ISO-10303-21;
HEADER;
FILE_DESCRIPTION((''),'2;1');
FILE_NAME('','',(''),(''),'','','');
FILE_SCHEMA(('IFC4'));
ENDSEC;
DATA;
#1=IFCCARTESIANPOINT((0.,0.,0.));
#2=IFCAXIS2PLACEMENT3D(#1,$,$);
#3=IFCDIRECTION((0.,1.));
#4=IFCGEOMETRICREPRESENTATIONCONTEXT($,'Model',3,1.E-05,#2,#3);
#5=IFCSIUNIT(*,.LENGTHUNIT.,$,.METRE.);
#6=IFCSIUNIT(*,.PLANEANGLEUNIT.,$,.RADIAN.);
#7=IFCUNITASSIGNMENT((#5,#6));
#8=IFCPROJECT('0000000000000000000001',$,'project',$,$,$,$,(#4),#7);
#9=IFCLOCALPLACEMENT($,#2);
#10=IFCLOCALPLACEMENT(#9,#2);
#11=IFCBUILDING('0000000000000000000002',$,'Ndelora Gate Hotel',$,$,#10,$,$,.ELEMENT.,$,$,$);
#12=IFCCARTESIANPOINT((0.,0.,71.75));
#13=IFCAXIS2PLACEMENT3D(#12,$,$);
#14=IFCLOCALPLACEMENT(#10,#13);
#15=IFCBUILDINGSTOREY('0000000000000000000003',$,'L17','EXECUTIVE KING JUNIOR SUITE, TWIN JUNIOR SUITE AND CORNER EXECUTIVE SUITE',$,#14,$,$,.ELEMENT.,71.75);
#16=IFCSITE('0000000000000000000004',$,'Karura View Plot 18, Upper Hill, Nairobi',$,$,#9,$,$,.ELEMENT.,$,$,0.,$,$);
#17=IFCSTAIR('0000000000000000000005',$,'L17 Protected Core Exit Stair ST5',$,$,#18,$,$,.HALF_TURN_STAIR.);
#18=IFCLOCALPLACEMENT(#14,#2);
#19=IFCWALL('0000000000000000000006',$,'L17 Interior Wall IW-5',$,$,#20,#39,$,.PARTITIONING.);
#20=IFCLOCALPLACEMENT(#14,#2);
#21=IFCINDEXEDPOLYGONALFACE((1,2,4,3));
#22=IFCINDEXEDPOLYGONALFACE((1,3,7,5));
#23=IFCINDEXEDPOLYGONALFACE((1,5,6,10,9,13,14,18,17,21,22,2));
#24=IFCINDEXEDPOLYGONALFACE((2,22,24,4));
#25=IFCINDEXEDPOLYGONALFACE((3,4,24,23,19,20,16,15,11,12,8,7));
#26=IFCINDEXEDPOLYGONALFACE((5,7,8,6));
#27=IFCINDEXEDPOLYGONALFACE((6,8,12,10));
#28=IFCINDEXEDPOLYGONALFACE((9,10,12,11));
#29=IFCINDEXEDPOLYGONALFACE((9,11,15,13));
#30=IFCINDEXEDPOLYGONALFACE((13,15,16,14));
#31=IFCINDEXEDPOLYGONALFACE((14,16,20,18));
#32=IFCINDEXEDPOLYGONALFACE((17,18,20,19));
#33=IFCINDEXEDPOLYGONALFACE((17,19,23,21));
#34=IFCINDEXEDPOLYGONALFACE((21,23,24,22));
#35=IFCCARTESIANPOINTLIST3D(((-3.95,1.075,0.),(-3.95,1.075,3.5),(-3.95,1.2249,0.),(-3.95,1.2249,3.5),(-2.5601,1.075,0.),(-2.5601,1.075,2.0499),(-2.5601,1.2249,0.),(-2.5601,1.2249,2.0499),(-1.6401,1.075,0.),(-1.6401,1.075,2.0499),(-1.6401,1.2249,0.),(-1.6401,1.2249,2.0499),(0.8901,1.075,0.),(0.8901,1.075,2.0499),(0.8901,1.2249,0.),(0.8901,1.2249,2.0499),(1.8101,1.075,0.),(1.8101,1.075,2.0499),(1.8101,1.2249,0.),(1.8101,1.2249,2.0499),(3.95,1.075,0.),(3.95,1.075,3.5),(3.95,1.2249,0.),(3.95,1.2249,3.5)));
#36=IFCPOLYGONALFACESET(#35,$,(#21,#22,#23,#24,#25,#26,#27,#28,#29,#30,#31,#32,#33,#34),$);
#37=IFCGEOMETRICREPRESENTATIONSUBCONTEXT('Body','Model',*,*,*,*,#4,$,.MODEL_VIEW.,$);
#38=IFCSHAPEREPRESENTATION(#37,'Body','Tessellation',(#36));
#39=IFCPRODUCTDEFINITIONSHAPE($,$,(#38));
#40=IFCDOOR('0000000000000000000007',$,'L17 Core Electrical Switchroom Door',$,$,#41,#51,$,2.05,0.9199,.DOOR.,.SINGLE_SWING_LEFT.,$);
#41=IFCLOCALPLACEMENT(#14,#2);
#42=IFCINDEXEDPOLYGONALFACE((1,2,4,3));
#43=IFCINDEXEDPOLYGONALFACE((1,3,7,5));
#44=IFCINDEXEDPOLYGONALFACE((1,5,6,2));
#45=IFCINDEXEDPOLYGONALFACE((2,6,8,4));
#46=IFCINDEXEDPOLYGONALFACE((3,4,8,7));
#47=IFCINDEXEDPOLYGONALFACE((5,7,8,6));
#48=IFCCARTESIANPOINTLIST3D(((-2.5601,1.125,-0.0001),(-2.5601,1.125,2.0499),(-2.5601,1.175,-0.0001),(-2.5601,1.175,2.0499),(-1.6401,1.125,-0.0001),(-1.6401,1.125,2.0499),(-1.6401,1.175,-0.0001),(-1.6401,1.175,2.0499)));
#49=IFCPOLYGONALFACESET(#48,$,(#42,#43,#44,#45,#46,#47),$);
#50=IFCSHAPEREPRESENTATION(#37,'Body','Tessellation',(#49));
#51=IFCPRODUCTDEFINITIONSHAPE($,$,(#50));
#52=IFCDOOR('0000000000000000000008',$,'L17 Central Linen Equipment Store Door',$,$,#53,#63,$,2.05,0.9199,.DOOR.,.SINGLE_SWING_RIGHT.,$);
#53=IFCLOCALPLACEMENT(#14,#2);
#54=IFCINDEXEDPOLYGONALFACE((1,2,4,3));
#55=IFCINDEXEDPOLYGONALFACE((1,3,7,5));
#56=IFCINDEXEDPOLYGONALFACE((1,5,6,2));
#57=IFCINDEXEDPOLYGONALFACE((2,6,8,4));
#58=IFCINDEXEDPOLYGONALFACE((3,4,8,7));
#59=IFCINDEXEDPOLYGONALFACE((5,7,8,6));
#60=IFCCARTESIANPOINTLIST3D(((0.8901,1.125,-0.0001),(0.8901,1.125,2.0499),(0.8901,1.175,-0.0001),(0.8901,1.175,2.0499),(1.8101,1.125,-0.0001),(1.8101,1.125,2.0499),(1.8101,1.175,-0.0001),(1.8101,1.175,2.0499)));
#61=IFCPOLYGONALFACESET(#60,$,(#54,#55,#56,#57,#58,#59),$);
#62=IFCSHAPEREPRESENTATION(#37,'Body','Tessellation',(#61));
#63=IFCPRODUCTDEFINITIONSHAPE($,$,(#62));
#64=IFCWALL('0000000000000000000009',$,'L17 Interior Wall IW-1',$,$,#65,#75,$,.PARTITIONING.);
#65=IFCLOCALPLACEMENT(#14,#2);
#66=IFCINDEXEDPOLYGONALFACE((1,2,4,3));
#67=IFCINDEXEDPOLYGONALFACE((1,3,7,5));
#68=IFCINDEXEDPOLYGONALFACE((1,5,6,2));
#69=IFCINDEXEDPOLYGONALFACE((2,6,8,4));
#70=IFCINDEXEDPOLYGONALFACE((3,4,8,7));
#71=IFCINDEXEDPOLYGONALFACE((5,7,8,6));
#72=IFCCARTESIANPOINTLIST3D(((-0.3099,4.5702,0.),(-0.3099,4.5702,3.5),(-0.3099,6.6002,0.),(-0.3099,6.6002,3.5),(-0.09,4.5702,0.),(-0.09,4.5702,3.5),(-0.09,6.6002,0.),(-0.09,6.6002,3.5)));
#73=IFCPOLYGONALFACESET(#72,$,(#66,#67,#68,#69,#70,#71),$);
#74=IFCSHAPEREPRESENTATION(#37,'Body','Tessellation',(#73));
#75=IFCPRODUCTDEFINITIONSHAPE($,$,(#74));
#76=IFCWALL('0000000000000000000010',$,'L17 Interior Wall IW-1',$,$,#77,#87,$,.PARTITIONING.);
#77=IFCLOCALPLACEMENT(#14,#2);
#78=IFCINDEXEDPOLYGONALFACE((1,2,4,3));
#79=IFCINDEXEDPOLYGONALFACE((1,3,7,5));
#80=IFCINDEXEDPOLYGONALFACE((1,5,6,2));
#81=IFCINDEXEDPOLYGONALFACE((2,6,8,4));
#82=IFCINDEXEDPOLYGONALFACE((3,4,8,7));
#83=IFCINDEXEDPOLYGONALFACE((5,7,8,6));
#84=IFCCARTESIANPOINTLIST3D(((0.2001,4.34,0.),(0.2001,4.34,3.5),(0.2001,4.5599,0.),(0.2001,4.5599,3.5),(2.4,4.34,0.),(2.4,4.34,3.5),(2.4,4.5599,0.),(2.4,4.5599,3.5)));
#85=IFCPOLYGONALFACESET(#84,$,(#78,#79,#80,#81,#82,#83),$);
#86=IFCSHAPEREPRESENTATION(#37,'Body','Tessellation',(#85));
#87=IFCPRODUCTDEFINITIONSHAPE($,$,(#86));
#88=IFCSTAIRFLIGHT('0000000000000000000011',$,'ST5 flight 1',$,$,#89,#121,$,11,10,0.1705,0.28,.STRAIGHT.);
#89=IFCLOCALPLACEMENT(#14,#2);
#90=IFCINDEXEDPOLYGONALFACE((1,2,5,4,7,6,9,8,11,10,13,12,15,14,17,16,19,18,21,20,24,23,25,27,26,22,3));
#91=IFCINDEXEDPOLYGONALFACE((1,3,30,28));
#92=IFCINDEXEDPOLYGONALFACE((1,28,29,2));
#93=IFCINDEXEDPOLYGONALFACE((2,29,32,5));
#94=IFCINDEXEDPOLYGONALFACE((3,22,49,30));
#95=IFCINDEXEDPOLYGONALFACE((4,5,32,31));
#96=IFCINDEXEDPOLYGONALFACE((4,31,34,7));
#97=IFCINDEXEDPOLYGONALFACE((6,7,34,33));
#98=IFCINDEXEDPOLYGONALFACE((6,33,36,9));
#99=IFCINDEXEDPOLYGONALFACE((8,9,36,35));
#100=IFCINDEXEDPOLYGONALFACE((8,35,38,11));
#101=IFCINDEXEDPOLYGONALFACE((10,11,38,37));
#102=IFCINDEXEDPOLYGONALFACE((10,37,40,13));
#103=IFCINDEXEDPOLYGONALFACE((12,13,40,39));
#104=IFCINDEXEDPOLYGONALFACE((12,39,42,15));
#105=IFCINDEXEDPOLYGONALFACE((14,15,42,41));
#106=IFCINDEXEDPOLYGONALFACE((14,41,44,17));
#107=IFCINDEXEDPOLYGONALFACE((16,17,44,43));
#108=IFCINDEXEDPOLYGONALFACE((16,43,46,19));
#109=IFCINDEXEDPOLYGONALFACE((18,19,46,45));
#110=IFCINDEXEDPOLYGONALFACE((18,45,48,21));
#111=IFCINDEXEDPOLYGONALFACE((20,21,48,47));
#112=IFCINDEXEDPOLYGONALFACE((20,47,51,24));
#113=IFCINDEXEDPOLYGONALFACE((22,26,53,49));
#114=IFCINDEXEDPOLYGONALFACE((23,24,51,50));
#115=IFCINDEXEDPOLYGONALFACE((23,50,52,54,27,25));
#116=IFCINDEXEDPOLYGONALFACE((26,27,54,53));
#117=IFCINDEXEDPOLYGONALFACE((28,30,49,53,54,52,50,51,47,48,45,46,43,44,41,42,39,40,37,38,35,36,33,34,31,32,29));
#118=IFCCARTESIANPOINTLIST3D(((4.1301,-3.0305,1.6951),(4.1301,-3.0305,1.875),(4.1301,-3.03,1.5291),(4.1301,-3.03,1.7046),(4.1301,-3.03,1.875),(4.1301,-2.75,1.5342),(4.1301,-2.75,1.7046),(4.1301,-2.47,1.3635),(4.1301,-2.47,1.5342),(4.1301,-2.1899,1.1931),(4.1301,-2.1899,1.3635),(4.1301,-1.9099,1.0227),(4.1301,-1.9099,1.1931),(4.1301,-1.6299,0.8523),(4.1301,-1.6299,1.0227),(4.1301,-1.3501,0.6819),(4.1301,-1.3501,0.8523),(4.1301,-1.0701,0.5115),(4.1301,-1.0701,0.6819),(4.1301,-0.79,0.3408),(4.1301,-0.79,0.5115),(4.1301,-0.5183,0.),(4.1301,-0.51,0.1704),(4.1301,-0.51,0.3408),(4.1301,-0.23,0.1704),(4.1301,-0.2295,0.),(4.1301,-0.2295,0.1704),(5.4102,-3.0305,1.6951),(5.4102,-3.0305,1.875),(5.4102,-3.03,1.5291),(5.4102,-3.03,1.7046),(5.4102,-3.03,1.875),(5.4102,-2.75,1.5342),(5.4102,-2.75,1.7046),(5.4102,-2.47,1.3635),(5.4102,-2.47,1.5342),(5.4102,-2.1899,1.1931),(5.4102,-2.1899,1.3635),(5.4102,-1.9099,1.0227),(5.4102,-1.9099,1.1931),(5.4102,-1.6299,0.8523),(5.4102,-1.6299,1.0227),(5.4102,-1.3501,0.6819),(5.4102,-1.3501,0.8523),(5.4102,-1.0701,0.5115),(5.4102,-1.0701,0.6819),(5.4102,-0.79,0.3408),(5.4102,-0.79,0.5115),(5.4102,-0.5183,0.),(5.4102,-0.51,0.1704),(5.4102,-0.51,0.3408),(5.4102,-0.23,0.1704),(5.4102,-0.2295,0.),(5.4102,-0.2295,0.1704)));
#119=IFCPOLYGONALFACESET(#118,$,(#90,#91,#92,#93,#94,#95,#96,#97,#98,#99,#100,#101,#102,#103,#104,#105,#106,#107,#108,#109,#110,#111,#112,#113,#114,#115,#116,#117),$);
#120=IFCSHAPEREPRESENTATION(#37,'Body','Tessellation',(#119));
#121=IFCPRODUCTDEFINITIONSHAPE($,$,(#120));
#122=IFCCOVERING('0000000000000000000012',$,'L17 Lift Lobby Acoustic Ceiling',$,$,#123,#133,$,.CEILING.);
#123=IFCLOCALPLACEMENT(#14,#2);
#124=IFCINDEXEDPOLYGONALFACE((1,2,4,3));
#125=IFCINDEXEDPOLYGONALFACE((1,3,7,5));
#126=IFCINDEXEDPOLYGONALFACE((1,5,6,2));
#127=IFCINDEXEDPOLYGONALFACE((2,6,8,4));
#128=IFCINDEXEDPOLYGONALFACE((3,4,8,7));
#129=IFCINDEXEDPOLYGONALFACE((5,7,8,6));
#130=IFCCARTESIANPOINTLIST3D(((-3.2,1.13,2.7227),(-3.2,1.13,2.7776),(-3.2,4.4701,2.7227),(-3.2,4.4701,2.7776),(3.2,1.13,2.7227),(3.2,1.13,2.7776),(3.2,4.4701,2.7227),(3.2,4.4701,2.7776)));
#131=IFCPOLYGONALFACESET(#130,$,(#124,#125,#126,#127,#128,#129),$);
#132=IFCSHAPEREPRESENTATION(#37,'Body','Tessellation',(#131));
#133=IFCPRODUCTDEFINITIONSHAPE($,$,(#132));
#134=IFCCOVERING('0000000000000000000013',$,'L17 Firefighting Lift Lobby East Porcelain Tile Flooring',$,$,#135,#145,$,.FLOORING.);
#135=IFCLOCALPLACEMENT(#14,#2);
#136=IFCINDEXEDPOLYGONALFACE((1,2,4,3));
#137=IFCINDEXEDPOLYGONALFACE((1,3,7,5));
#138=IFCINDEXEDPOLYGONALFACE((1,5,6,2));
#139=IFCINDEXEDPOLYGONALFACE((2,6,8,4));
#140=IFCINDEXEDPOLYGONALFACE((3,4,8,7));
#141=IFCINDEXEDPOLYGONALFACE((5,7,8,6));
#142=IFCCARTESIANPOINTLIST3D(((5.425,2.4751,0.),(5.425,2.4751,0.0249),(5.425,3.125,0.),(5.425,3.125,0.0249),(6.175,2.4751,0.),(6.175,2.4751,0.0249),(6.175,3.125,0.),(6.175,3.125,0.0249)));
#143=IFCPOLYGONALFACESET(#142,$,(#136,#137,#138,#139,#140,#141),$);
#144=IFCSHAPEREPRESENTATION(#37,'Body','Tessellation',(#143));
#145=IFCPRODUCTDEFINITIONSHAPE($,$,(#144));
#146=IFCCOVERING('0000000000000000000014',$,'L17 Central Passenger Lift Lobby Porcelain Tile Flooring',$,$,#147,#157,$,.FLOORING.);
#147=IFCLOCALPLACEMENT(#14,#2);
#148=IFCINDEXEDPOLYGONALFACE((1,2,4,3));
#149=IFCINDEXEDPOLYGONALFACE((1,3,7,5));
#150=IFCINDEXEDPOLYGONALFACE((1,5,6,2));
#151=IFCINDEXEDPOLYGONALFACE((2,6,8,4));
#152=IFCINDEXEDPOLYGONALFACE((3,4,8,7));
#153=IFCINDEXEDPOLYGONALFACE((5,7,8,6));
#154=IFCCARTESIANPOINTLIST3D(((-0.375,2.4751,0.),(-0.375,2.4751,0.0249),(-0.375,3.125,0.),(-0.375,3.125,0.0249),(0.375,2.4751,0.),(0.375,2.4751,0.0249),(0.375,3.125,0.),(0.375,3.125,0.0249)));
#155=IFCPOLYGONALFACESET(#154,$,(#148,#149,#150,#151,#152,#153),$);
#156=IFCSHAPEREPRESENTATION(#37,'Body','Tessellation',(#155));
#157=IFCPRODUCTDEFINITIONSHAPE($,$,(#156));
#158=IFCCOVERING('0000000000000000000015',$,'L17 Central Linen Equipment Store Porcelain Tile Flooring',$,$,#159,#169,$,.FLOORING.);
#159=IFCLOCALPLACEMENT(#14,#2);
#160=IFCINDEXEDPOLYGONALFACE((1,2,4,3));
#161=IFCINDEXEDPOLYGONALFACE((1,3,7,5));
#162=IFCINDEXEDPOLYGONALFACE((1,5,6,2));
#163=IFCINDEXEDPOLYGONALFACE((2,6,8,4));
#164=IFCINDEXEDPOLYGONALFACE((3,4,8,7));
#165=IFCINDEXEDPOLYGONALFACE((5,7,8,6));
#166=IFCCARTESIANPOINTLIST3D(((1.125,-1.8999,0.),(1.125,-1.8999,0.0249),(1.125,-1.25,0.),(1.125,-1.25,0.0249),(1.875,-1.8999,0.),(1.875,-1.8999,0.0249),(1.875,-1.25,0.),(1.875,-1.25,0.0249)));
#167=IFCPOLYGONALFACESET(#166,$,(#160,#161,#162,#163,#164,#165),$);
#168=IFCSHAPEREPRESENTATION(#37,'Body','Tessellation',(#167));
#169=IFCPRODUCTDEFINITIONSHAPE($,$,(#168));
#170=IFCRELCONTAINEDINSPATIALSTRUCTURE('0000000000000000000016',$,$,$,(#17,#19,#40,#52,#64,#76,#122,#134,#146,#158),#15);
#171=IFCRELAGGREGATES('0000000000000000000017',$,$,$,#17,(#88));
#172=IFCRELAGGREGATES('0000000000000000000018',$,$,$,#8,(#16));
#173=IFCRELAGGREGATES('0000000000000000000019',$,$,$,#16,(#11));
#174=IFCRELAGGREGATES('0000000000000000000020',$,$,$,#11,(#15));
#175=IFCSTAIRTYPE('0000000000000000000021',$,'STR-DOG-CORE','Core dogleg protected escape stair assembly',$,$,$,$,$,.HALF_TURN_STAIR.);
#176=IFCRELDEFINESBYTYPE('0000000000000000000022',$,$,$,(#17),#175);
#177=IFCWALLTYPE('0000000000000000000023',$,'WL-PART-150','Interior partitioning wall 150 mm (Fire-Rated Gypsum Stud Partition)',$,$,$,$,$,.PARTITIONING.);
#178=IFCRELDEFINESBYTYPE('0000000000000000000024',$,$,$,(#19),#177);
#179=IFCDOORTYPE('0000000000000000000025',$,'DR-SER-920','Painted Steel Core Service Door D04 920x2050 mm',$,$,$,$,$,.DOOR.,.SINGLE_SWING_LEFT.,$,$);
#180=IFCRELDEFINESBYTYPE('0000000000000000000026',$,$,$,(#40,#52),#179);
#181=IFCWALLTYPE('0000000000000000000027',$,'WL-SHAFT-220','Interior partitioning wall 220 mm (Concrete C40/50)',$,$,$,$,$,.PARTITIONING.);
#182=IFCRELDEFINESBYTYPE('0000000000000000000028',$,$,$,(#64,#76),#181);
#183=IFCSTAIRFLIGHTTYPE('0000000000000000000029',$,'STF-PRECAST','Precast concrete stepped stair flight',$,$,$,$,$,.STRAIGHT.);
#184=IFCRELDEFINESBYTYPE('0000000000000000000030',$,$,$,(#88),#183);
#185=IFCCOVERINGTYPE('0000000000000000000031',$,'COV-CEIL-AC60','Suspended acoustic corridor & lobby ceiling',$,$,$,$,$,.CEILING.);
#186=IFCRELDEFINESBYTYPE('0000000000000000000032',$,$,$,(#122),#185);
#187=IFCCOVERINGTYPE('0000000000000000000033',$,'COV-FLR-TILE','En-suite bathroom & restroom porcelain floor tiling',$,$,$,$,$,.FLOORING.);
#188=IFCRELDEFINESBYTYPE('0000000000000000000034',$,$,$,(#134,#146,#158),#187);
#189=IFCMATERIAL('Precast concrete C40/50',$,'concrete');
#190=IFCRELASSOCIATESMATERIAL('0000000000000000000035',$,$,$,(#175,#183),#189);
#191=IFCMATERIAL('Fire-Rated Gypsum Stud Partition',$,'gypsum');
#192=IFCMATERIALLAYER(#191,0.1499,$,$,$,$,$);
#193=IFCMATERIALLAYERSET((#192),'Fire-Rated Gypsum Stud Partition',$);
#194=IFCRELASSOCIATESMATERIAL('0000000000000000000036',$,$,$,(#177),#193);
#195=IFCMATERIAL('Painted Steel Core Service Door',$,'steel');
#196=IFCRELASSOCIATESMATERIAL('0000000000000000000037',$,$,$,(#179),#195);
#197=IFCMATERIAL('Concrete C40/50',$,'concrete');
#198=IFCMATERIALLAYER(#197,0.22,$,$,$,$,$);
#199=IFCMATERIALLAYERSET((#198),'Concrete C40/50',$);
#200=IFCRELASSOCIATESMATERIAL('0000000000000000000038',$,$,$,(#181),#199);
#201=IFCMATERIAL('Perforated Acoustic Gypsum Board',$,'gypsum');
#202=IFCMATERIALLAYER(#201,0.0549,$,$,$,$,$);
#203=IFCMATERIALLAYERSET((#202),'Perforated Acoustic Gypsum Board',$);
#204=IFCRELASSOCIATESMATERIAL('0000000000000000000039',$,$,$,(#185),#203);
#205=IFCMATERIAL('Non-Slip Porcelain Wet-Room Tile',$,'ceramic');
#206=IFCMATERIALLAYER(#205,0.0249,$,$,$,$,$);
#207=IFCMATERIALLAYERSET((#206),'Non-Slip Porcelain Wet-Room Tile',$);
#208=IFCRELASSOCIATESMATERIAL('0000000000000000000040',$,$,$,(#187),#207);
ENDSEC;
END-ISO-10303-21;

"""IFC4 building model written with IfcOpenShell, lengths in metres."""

from ifc_helpers import new_model, si_unit, direction, frame, frame_2d, origin, origin_2d, place, context, subcontext, project, spatial, polyline, rectangle, outline, extrude, material, layer, layer_set, type_object, element, fill, aggregate, save


model = new_model("IFC4")

# Units and contexts
model_context = context("Model", 3, precision=1e-05, world=origin(), true_north=direction((0.0, 1.0)))
body_context = subcontext(model_context, "Body", "Model", "MODEL_VIEW")
ifc_project = project(units=[si_unit("LENGTHUNIT", "METRE"), si_unit("PLANEANGLEUNIT", "RADIAN")], contexts=[model_context])

# Site, building, storey
site_placement = place(None, origin())
site = spatial("IfcSite", under=ifc_project, at=site_placement, Name="Karura View Plot 18, Upper Hill, Nairobi", CompositionType="ELEMENT", RefElevation=0.0)
building_placement = place(site_placement, origin())
building = spatial("IfcBuilding", under=site, at=building_placement, Name="Ndelora Gate Hotel", CompositionType="ELEMENT")
storey_placement = place(building_placement, frame((0.0, 0.0, 71.75)))
storey = spatial("IfcBuildingStorey", under=building, at=storey_placement, Name="L17", Description="EXECUTIVE KING JUNIOR SUITE, TWIN JUNIOR SUITE AND CORNER EXECUTIVE SUITE", CompositionType="ELEMENT", Elevation=71.75)

# Stair
ifc_material_1 = material(Name="Precast concrete C40/50", Category="concrete")
stair_type = type_object("IfcStairType", Name="STR-DOG-CORE", Description="Core dogleg protected escape stair assembly", PredefinedType="HALF_TURN_STAIR", material=ifc_material_1)
stair_1_placement = place(storey_placement, origin())
stair_1 = element("IfcStair", 1, at=stair_1_placement, inside=storey, type_object=stair_type, Name="L17 Protected Core Exit Stair ST5", PredefinedType="HALF_TURN_STAIR")

# Shared definitions
ifc_material_2 = material(Name="Concrete C40/50", Category="concrete")

# Wall, openings, doors
ifc_material_3 = material(Name="Fire-Rated Gypsum Stud Partition", Category="gypsum")
ifc_layer_1 = layer(ifc_material_3, 0.1499)
ifc_layer_set_1 = layer_set([ifc_layer_1], Name="Fire-Rated Gypsum Stud Partition")
wall_type_1 = type_object("IfcWallType", Name="WL-PART-150", Description="Interior partitioning wall 150 mm (Fire-Rated Gypsum Stud Partition)", PredefinedType="PARTITIONING", material=ifc_layer_set_1)
wall_1_placement = place(storey_placement, frame((3.95, 1.1499, 0.0), z_axis=(0.0, 0.0, 1.0), x_axis=(-1.0, 0.0, 0.0)))
wall_1 = element("IfcWall", 2, at=wall_1_placement, inside=storey, type_object=wall_type_1, Name="L17 Interior Wall IW-5", PredefinedType="PARTITIONING", context=body_context, shape_type="SweptSolid", body=[
    extrude(rectangle(XDim=7.8999, YDim=0.1499, at=frame_2d((3.95, 0.0))), origin(), (0.0, 0.0, 1.0), 3.5),
])
opening_1_placement = place(wall_1_placement, frame((5.5901, 0.0, 0.0)))
opening_1 = element("IfcOpeningElement", 3, at=opening_1_placement, cuts=wall_1, PredefinedType="OPENING", context=body_context, shape_type="SweptSolid", body=[
    extrude(rectangle(XDim=0.9199, YDim=2.05, at=frame_2d((0.46, 1.0249))), frame((0.0, 0.085, 0.0), z_axis=(0.0, -1.0, 0.0), x_axis=(1.0, 0.0, 0.0)), (0.0, 0.0, 1.0), 0.1699),
])
opening_2_placement = place(wall_1_placement, frame((2.1399, 0.0, 0.0)))
opening_2 = element("IfcOpeningElement", 4, at=opening_2_placement, cuts=wall_1, PredefinedType="OPENING", context=body_context, shape_type="SweptSolid", body=[
    extrude(rectangle(XDim=0.9199, YDim=2.05, at=frame_2d((0.46, 1.0249))), frame((0.0, 0.085, 0.0), z_axis=(0.0, -1.0, 0.0), x_axis=(1.0, 0.0, 0.0)), (0.0, 0.0, 1.0), 0.1699),
])
ifc_material_4 = material(Name="Painted Steel Core Service Door", Category="steel")
door_type_1 = type_object("IfcDoorType", Name="DR-SER-920", Description="Painted Steel Core Service Door D04 920x2050 mm", OperationType="SINGLE_SWING_LEFT", PredefinedType="DOOR", material=ifc_material_4)
door_1_placement = place(opening_1_placement, origin())
door_1 = element("IfcDoor", 5, at=door_1_placement, inside=storey, type_object=door_type_1, Name="L17 Core Electrical Switchroom Door", OperationType="SINGLE_SWING_LEFT", OverallHeight=2.05, OverallWidth=0.9199, PredefinedType="DOOR", context=body_context, shape_type="SweptSolid", body=[
    extrude(rectangle(XDim=0.9199, YDim=2.05, at=frame_2d((0.46, 1.0249))), frame((0.0, 0.0249, 0.0), z_axis=(0.0, -1.0, 0.0), x_axis=(1.0, 0.0, 0.0)), (0.0, 0.0, 1.0), 0.05),
])
fill(opening_1, door_1)
door_2_placement = place(opening_2_placement, origin())
door_2 = element("IfcDoor", 6, at=door_2_placement, inside=storey, type_object=door_type_1, Name="L17 Central Linen Equipment Store Door", OperationType="SINGLE_SWING_RIGHT", OverallHeight=2.05, OverallWidth=0.9199, PredefinedType="DOOR", context=body_context, shape_type="SweptSolid", body=[
    extrude(rectangle(XDim=0.9199, YDim=2.05, at=frame_2d((0.46, 1.0249))), frame((0.0, 0.0249, 0.0), z_axis=(0.0, -1.0, 0.0), x_axis=(1.0, 0.0, 0.0)), (0.0, 0.0, 1.0), 0.05),
])
fill(opening_2, door_2)

# Shared definitions
ifc_layer_2 = layer(ifc_material_2, 0.22)
ifc_layer_set_2 = layer_set([ifc_layer_2], Name="Concrete C40/50")
wall_type_2 = type_object("IfcWallType", Name="WL-SHAFT-220", Description="Interior partitioning wall 220 mm (Concrete C40/50)", PredefinedType="PARTITIONING", material=ifc_layer_set_2)

# Walls
wall_2_placement = place(storey_placement, frame((-0.2, 4.5701, 0.0), z_axis=(0.0, 0.0, 1.0), x_axis=(0.0, 1.0, 0.0)))
element("IfcWall", 7, at=wall_2_placement, inside=storey, type_object=wall_type_2, Name="L17 Interior Wall IW-1", PredefinedType="PARTITIONING", context=body_context, shape_type="SweptSolid", body=[
    extrude(rectangle(XDim=2.03, YDim=0.22, at=frame_2d((1.0151, 0.0))), origin(), (0.0, 0.0, 1.0), 3.5),
])
wall_3_placement = place(storey_placement, frame((0.2, 4.45, 0.0), z_axis=(0.0, 0.0, 1.0), x_axis=(1.0, 0.0, 0.0)))
element("IfcWall", 8, at=wall_3_placement, inside=storey, type_object=wall_type_2, Name="L17 Interior Wall IW-1", PredefinedType="PARTITIONING", context=body_context, shape_type="SweptSolid", body=[
    extrude(rectangle(XDim=2.2, YDim=0.22, at=frame_2d((1.1001, 0.0))), origin(), (0.0, 0.0, 1.0), 3.5),
])

# Stair flight
stair_flight_type = type_object("IfcStairFlightType", Name="STF-PRECAST", Description="Precast concrete stepped stair flight", PredefinedType="STRAIGHT", material=ifc_material_1)
stair_flight_placement = place(storey_placement, frame((4.77, -0.23, 0.0), z_axis=(0.0, 0.0, 1.0), x_axis=(0.0, -1.0, 0.0)))
stair_flight = element("IfcStairFlight", 9, at=stair_flight_placement, type_object=stair_flight_type, Name="ST5 flight 1", NumberOfRisers=11, NumberOfTreads=10, PredefinedType="STRAIGHT", RiserHeight=0.1705, TreadLength=0.28, context=body_context, shape_type="SweptSolid", body=[
    extrude(outline(polyline([(-0.0005, 0.0), (-0.0005, 0.1704), (0.0, 0.1704), (0.28, 0.1704), (0.28, 0.3408), (0.5601, 0.3408), (0.5601, 0.5115), (0.8401, 0.5115), (0.8401, 0.6819), (1.1201, 0.6819), (1.1201, 0.8523), (1.3999, 0.8523), (1.3999, 1.0227), (1.6799, 1.0227), (1.6799, 1.1931), (1.96, 1.1931), (1.96, 1.3635), (2.24, 1.3635), (2.24, 1.5342), (2.52, 1.5342), (2.52, 1.7046), (2.8, 1.7046), (2.8, 1.875), (2.8005, 1.875), (2.8005, 1.6951), (2.8, 1.5291), (0.2883, 0.0), (-0.0005, 0.0)])), frame((0.0, 0.6401, 0.0), z_axis=(0.0, -1.0, 0.0), x_axis=(1.0, 0.0, 0.0)), (0.0, 0.0, 1.0), 1.28),
])
aggregate(stair_1, [stair_flight])

# Coverings
ifc_material_5 = material(Name="Perforated Acoustic Gypsum Board", Category="gypsum")
ifc_layer_3 = layer(ifc_material_5, 0.0549)
ifc_layer_set_3 = layer_set([ifc_layer_3], Name="Perforated Acoustic Gypsum Board")
covering_type_1 = type_object("IfcCoveringType", Name="COV-CEIL-AC60", Description="Suspended acoustic corridor & lobby ceiling", PredefinedType="CEILING", material=ifc_layer_set_3)
covering_placement = place(storey_placement, frame((0.0, 2.8, 2.7227), z_axis=(0.0, 0.0, 1.0), x_axis=(1.0, 0.0, 0.0)))
element("IfcCovering", 10, at=covering_placement, inside=storey, type_object=covering_type_1, Name="L17 Lift Lobby Acoustic Ceiling", PredefinedType="CEILING", context=body_context, shape_type="SweptSolid", body=[
    extrude(rectangle(XDim=6.3999, YDim=3.3401, at=origin_2d()), origin(), (0.0, 0.0, 1.0), 0.0549),
])
ifc_material_6 = material(Name="Non-Slip Porcelain Wet-Room Tile", Category="ceramic")
ifc_layer_4 = layer(ifc_material_6, 0.0249)
ifc_layer_set_4 = layer_set([ifc_layer_4], Name="Non-Slip Porcelain Wet-Room Tile")
covering_type_2 = type_object("IfcCoveringType", Name="COV-FLR-TILE", Description="En-suite bathroom & restroom porcelain floor tiling", PredefinedType="FLOORING", material=ifc_layer_set_4)
for number, where, z_axis, x_axis, name in (
    (11, (5.8, 2.8, 0.0), (0.0, 0.0, 1.0), (1.0, 0.0, 0.0), "L17 Firefighting Lift Lobby East Porcelain Tile Flooring"),
    (12, (0.0, 2.8, 0.0), (0.0, 0.0, 1.0), (1.0, 0.0, 0.0), "L17 Central Passenger Lift Lobby Porcelain Tile Flooring"),
    (13, (1.5, -1.575, 0.0), (0.0, 0.0, 1.0), (1.0, 0.0, 0.0), "L17 Central Linen Equipment Store Porcelain Tile Flooring"),
):
    element("IfcCovering", number, at=place(storey_placement, frame(where, z_axis=z_axis, x_axis=x_axis)), inside=storey, type_object=covering_type_2, Name=name, PredefinedType="FLOORING", context=body_context, shape_type="SweptSolid", body=[
        extrude(rectangle(XDim=0.75, YDim=0.6499, at=origin_2d()), origin(), (0.0, 0.0, 1.0), 0.0249),
    ])

save(model, "model.ifc")
